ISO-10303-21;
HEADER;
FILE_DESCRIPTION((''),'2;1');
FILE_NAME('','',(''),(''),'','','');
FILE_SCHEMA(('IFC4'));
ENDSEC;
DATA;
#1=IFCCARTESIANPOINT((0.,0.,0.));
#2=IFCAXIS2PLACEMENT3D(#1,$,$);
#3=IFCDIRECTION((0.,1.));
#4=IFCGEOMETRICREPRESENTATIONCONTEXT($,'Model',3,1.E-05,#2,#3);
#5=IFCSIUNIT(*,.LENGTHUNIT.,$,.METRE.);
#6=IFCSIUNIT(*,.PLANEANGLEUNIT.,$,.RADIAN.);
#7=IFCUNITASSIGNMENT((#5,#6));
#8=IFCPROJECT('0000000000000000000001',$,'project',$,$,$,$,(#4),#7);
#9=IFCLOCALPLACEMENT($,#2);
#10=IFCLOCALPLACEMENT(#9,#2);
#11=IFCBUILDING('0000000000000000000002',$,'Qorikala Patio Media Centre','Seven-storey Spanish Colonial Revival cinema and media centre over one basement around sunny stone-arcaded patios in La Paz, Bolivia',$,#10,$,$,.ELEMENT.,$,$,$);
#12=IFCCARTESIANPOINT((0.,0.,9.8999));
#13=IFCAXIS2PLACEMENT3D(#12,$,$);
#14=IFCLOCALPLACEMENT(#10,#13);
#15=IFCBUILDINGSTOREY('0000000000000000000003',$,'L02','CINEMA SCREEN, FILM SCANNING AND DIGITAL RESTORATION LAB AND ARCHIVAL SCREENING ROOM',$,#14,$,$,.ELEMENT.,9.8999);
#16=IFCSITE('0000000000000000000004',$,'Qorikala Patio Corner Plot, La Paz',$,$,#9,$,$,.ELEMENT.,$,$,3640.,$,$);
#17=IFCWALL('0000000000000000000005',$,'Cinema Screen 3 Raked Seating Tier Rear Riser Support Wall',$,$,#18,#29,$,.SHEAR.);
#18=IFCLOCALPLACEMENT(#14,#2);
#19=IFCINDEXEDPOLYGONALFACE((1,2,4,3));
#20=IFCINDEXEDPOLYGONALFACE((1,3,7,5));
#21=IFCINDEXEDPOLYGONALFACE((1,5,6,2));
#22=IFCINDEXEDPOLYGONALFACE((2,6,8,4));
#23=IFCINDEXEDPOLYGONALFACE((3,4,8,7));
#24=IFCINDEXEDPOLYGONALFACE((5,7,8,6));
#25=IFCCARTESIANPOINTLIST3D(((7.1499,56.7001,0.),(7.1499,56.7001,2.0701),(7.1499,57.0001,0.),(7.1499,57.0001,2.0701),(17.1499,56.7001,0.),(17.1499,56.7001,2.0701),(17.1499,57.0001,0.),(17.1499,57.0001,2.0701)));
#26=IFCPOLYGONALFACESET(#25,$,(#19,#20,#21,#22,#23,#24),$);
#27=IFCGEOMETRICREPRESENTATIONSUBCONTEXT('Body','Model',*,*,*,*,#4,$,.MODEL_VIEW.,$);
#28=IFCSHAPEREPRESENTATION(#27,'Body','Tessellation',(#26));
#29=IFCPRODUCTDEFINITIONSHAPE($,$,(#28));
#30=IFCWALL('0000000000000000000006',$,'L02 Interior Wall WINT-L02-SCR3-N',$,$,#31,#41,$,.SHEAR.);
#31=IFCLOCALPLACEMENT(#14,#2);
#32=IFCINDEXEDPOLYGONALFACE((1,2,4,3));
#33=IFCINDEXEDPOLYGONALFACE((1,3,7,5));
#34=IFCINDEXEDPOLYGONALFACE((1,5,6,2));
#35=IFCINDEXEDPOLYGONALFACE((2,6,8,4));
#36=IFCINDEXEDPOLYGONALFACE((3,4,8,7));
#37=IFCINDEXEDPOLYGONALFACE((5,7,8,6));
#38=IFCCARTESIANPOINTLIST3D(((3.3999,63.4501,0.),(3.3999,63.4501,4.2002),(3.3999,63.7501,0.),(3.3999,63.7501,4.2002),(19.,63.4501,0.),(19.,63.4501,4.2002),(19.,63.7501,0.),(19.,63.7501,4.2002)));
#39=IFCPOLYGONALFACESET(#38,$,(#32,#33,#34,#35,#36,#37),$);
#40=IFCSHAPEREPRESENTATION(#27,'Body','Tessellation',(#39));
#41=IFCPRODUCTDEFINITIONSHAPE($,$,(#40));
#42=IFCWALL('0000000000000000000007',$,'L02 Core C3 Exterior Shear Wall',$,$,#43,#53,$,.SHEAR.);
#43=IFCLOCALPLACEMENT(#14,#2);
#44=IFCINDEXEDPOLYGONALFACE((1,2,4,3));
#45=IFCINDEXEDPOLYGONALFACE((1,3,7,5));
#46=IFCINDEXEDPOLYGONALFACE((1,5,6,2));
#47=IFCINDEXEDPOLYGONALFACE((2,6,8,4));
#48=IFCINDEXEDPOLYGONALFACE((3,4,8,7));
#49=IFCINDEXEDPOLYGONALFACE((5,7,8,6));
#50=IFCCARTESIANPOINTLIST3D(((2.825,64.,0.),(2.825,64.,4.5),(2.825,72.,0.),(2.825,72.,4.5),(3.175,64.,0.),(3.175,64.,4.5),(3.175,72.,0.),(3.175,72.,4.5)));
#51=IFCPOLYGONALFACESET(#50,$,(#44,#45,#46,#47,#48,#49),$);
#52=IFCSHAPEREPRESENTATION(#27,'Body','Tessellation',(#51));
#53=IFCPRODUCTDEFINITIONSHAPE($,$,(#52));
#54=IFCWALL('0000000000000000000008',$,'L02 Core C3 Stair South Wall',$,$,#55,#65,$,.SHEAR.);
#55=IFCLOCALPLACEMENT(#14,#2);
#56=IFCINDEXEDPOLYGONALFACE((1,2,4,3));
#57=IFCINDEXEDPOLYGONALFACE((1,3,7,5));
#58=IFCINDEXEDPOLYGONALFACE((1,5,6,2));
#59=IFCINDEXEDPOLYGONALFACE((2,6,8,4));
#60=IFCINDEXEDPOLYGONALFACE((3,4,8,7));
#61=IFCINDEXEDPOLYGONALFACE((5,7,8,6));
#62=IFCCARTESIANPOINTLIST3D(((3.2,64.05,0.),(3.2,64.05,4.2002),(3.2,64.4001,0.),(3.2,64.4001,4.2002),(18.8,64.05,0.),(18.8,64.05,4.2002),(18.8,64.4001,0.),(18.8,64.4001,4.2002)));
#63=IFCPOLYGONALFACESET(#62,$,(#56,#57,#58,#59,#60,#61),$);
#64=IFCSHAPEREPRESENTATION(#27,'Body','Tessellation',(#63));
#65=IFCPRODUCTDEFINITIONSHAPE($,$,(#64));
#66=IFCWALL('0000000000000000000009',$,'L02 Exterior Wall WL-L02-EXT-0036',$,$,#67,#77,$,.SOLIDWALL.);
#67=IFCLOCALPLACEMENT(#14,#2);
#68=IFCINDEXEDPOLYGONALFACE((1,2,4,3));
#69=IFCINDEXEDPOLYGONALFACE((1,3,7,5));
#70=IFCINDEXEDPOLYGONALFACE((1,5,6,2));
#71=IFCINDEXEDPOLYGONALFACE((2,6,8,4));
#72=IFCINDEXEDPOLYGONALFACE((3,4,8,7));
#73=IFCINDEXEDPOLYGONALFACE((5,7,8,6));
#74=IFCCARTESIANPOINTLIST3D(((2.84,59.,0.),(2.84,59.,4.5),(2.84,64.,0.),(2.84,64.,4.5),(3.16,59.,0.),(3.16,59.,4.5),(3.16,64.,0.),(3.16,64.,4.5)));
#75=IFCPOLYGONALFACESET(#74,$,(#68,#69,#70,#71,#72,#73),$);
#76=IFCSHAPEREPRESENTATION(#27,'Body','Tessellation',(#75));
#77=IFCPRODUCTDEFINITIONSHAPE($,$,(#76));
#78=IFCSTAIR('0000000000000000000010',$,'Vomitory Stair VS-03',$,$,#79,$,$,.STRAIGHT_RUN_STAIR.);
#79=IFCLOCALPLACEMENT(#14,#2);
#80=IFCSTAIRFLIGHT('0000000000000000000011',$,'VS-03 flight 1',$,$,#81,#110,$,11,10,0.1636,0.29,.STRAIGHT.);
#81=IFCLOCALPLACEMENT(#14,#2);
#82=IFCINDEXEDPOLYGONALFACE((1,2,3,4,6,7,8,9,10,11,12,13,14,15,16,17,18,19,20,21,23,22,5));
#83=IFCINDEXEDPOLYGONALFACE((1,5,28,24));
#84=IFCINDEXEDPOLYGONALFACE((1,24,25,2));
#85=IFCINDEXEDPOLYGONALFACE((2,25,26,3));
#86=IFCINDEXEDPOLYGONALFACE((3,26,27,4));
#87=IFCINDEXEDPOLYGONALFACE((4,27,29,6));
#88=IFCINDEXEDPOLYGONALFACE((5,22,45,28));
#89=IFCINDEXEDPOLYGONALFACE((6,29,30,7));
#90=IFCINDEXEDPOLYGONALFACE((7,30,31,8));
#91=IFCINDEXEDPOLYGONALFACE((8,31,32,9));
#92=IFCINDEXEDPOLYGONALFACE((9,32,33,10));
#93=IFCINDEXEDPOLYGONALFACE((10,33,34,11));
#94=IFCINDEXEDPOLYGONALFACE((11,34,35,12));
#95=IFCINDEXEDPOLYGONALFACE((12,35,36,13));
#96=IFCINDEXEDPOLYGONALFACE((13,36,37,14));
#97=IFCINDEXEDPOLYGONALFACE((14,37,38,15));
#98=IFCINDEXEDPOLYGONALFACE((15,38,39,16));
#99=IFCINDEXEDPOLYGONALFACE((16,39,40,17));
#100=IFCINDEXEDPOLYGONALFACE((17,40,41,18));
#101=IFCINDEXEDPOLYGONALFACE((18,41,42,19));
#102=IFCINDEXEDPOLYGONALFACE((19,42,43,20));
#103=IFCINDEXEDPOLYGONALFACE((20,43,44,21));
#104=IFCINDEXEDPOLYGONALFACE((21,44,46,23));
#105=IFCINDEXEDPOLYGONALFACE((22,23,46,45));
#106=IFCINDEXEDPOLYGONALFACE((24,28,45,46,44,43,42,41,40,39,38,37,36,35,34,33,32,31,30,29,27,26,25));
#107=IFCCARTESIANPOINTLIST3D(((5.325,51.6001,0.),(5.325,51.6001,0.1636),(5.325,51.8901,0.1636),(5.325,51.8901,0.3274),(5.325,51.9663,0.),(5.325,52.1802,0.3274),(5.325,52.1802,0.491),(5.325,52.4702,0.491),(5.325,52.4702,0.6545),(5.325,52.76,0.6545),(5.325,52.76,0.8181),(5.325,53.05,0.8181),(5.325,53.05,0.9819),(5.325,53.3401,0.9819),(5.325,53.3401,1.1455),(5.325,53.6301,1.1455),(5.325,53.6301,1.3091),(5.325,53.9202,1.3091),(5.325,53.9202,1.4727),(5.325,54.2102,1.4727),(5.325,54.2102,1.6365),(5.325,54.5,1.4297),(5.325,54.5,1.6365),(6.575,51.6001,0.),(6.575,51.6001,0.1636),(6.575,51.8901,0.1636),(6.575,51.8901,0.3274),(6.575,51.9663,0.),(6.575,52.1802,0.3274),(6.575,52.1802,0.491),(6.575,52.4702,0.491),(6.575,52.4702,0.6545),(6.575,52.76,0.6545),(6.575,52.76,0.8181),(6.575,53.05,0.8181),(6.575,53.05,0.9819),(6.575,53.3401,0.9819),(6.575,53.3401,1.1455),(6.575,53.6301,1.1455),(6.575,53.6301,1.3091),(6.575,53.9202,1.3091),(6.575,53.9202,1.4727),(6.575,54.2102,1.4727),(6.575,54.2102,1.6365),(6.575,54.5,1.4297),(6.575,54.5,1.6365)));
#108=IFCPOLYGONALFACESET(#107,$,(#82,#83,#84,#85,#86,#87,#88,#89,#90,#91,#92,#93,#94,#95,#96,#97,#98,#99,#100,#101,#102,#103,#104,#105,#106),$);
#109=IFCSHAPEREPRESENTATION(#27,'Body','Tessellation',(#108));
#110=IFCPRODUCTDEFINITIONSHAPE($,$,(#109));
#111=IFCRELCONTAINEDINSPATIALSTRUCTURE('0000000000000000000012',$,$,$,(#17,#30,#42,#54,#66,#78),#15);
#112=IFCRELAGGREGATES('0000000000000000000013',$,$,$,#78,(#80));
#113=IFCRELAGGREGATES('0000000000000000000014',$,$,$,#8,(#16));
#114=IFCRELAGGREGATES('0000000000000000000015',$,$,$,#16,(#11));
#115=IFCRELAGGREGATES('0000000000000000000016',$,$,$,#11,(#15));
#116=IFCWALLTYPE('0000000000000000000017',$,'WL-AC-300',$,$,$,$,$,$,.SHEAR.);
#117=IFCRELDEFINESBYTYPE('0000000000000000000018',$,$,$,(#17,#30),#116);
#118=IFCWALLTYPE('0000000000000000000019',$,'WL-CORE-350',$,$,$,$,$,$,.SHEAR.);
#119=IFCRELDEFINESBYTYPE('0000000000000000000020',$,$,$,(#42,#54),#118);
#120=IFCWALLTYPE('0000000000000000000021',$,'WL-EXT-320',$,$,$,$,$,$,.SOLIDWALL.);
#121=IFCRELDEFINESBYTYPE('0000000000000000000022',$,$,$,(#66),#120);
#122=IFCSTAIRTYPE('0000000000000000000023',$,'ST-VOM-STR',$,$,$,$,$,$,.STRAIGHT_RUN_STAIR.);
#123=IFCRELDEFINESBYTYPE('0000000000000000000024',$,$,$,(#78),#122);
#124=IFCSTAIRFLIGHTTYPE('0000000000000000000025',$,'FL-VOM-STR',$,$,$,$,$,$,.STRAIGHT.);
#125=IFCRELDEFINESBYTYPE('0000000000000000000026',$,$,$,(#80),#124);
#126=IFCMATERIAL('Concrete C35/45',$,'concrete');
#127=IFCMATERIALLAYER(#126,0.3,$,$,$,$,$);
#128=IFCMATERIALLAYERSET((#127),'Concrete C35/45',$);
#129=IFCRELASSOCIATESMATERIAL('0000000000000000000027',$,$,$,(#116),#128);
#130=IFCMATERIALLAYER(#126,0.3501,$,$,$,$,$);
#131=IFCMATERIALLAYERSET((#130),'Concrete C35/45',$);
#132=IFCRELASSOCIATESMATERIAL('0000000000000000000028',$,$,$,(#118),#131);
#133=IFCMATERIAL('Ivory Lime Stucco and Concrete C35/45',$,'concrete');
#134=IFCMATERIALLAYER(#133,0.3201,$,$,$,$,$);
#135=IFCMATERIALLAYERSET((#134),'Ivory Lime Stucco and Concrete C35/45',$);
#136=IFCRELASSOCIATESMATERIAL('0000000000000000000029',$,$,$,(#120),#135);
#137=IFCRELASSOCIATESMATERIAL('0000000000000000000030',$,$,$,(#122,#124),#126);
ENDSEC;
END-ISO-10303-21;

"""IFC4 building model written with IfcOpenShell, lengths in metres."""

from ifc_helpers import new_model, si_unit, direction, frame, frame_2d, origin, place, context, subcontext, project, spatial, polyline, rectangle, outline, extrude, material, layer, layer_set, type_object, element, aggregate, save


model = new_model("IFC4")

# Units and contexts
model_context = context("Model", 3, precision=1e-05, world=origin(), true_north=direction((0.0, 1.0)))
body_context = subcontext(model_context, "Body", "Model", "MODEL_VIEW")
ifc_project = project(units=[si_unit("LENGTHUNIT", "METRE"), si_unit("PLANEANGLEUNIT", "RADIAN")], contexts=[model_context])

# Site, building, storey
site_placement = place(None, origin())
site = spatial("IfcSite", under=ifc_project, at=site_placement, Name="Qorikala Patio Corner Plot, La Paz", CompositionType="ELEMENT", RefElevation=3640.0)
building_placement = place(site_placement, origin())
building = spatial("IfcBuilding", under=site, at=building_placement, Name="Qorikala Patio Media Centre", Description="Seven-storey Spanish Colonial Revival cinema and media centre over one basement around sunny stone-arcaded patios in La Paz, Bolivia", CompositionType="ELEMENT")
storey_placement = place(building_placement, frame((0.0, 0.0, 9.8999)))
storey = spatial("IfcBuildingStorey", under=building, at=storey_placement, Name="L02", Description="CINEMA SCREEN, FILM SCANNING AND DIGITAL RESTORATION LAB AND ARCHIVAL SCREENING ROOM", CompositionType="ELEMENT", Elevation=9.8999)

# Shared definitions
ifc_material_1 = material(Name="Concrete C35/45", Category="concrete")

# Walls
ifc_layer_1 = layer(ifc_material_1, 0.3)
ifc_layer_set_1 = layer_set([ifc_layer_1], Name="Concrete C35/45")
wall_type_1 = type_object("IfcWallType", Name="WL-AC-300", PredefinedType="SHEAR", material=ifc_layer_set_1)
wall_1_placement = place(storey_placement, frame((7.1499, 56.8501, 0.0), z_axis=(0.0, 0.0, 1.0), x_axis=(1.0, 0.0, 0.0)))
element("IfcWall", 1, at=wall_1_placement, inside=storey, type_object=wall_type_1, Name="Cinema Screen 3 Raked Seating Tier Rear Riser Support Wall", PredefinedType="SHEAR", context=body_context, shape_type="SweptSolid", body=[
    extrude(rectangle(XDim=10.0, YDim=0.3, at=frame_2d((5.0, 0.0))), origin(), (0.0, 0.0, 1.0), 2.0701),
])
wall_2_placement = place(storey_placement, frame((3.3999, 63.6001, 0.0), z_axis=(0.0, 0.0, 1.0), x_axis=(1.0, 0.0, 0.0)))
element("IfcWall", 2, at=wall_2_placement, inside=storey, type_object=wall_type_1, Name="L02 Interior Wall WINT-L02-SCR3-N", PredefinedType="SHEAR", context=body_context, shape_type="SweptSolid", body=[
    extrude(rectangle(XDim=15.6001, YDim=0.3, at=frame_2d((7.8, 0.0))), origin(), (0.0, 0.0, 1.0), 4.2002),
])
ifc_layer_2 = layer(ifc_material_1, 0.3501)
ifc_layer_set_2 = layer_set([ifc_layer_2], Name="Concrete C35/45")
wall_type_2 = type_object("IfcWallType", Name="WL-CORE-350", PredefinedType="SHEAR", material=ifc_layer_set_2)
wall_3_placement = place(storey_placement, frame((3.0, 64.0, 0.0), z_axis=(0.0, 0.0, 1.0), x_axis=(0.0, 1.0, 0.0)))
element("IfcWall", 3, at=wall_3_placement, inside=storey, type_object=wall_type_2, Name="L02 Core C3 Exterior Shear Wall", PredefinedType="SHEAR", context=body_context, shape_type="SweptSolid", body=[
    extrude(rectangle(XDim=8.0, YDim=0.3501, at=frame_2d((4.0, 0.0))), origin(), (0.0, 0.0, 1.0), 4.5),
])
wall_4_placement = place(storey_placement, frame((3.2, 64.2251, 0.0), z_axis=(0.0, 0.0, 1.0), x_axis=(1.0, 0.0, 0.0)))
element("IfcWall", 4, at=wall_4_placement, inside=storey, type_object=wall_type_2, Name="L02 Core C3 Stair South Wall", PredefinedType="SHEAR", context=body_context, shape_type="SweptSolid", body=[
    extrude(rectangle(XDim=15.6001, YDim=0.3501, at=frame_2d((7.8, 0.0))), origin(), (0.0, 0.0, 1.0), 4.2002),
])
ifc_material_2 = material(Name="Ivory Lime Stucco and Concrete C35/45", Category="concrete")
ifc_layer_3 = layer(ifc_material_2, 0.3201)
ifc_layer_set_3 = layer_set([ifc_layer_3], Name="Ivory Lime Stucco and Concrete C35/45")
wall_type_3 = type_object("IfcWallType", Name="WL-EXT-320", PredefinedType="SOLIDWALL", material=ifc_layer_set_3)
wall_5_placement = place(storey_placement, frame((3.0, 59.0, 0.0), z_axis=(0.0, 0.0, 1.0), x_axis=(0.0, 1.0, 0.0)))
element("IfcWall", 5, at=wall_5_placement, inside=storey, type_object=wall_type_3, Name="L02 Exterior Wall WL-L02-EXT-0036", PredefinedType="SOLIDWALL", context=body_context, shape_type="SweptSolid", body=[
    extrude(rectangle(XDim=5.0, YDim=0.3201, at=frame_2d((2.5, 0.0))), origin(), (0.0, 0.0, 1.0), 4.5),
])

# Stair, stair flight
stair_type = type_object("IfcStairType", Name="ST-VOM-STR", PredefinedType="STRAIGHT_RUN_STAIR", material=ifc_material_1)
stair_placement = place(storey_placement, origin())
stair = element("IfcStair", 6, at=stair_placement, inside=storey, type_object=stair_type, Name="Vomitory Stair VS-03", PredefinedType="STRAIGHT_RUN_STAIR")
stair_flight_type = type_object("IfcStairFlightType", Name="FL-VOM-STR", PredefinedType="STRAIGHT", material=ifc_material_1)
stair_flight_placement = place(storey_placement, frame((5.95, 51.6001, 0.0), z_axis=(0.0, 0.0, 1.0), x_axis=(0.0, 1.0, 0.0)))
stair_flight = element("IfcStairFlight", 7, at=stair_flight_placement, type_object=stair_flight_type, Name="VS-03 flight 1", NumberOfRisers=11, NumberOfTreads=10, PredefinedType="STRAIGHT", RiserHeight=0.1636, TreadLength=0.29, context=body_context, shape_type="SweptSolid", body=[
    extrude(outline(polyline([(0.0, 0.0), (0.0, 0.1636), (0.29, 0.1636), (0.29, 0.3274), (0.5801, 0.3274), (0.5801, 0.491), (0.8701, 0.491), (0.8701, 0.6545), (1.1599, 0.6545), (1.1599, 0.8181), (1.45, 0.8181), (1.45, 0.9819), (1.74, 0.9819), (1.74, 1.1455), (2.03, 1.1455), (2.03, 1.3091), (2.3201, 1.3091), (2.3201, 1.4727), (2.6101, 1.4727), (2.6101, 1.6365), (2.8999, 1.6365), (2.8999, 1.8), (2.8999, 1.4297), (0.3662, 0.0), (0.0, 0.0)])), frame((0.0, 0.625, 0.0), z_axis=(0.0, -1.0, 0.0), x_axis=(1.0, 0.0, 0.0)), (0.0, 0.0, 1.0), 1.25),
])
aggregate(stair, [stair_flight])

save(model, "model.ifc")
